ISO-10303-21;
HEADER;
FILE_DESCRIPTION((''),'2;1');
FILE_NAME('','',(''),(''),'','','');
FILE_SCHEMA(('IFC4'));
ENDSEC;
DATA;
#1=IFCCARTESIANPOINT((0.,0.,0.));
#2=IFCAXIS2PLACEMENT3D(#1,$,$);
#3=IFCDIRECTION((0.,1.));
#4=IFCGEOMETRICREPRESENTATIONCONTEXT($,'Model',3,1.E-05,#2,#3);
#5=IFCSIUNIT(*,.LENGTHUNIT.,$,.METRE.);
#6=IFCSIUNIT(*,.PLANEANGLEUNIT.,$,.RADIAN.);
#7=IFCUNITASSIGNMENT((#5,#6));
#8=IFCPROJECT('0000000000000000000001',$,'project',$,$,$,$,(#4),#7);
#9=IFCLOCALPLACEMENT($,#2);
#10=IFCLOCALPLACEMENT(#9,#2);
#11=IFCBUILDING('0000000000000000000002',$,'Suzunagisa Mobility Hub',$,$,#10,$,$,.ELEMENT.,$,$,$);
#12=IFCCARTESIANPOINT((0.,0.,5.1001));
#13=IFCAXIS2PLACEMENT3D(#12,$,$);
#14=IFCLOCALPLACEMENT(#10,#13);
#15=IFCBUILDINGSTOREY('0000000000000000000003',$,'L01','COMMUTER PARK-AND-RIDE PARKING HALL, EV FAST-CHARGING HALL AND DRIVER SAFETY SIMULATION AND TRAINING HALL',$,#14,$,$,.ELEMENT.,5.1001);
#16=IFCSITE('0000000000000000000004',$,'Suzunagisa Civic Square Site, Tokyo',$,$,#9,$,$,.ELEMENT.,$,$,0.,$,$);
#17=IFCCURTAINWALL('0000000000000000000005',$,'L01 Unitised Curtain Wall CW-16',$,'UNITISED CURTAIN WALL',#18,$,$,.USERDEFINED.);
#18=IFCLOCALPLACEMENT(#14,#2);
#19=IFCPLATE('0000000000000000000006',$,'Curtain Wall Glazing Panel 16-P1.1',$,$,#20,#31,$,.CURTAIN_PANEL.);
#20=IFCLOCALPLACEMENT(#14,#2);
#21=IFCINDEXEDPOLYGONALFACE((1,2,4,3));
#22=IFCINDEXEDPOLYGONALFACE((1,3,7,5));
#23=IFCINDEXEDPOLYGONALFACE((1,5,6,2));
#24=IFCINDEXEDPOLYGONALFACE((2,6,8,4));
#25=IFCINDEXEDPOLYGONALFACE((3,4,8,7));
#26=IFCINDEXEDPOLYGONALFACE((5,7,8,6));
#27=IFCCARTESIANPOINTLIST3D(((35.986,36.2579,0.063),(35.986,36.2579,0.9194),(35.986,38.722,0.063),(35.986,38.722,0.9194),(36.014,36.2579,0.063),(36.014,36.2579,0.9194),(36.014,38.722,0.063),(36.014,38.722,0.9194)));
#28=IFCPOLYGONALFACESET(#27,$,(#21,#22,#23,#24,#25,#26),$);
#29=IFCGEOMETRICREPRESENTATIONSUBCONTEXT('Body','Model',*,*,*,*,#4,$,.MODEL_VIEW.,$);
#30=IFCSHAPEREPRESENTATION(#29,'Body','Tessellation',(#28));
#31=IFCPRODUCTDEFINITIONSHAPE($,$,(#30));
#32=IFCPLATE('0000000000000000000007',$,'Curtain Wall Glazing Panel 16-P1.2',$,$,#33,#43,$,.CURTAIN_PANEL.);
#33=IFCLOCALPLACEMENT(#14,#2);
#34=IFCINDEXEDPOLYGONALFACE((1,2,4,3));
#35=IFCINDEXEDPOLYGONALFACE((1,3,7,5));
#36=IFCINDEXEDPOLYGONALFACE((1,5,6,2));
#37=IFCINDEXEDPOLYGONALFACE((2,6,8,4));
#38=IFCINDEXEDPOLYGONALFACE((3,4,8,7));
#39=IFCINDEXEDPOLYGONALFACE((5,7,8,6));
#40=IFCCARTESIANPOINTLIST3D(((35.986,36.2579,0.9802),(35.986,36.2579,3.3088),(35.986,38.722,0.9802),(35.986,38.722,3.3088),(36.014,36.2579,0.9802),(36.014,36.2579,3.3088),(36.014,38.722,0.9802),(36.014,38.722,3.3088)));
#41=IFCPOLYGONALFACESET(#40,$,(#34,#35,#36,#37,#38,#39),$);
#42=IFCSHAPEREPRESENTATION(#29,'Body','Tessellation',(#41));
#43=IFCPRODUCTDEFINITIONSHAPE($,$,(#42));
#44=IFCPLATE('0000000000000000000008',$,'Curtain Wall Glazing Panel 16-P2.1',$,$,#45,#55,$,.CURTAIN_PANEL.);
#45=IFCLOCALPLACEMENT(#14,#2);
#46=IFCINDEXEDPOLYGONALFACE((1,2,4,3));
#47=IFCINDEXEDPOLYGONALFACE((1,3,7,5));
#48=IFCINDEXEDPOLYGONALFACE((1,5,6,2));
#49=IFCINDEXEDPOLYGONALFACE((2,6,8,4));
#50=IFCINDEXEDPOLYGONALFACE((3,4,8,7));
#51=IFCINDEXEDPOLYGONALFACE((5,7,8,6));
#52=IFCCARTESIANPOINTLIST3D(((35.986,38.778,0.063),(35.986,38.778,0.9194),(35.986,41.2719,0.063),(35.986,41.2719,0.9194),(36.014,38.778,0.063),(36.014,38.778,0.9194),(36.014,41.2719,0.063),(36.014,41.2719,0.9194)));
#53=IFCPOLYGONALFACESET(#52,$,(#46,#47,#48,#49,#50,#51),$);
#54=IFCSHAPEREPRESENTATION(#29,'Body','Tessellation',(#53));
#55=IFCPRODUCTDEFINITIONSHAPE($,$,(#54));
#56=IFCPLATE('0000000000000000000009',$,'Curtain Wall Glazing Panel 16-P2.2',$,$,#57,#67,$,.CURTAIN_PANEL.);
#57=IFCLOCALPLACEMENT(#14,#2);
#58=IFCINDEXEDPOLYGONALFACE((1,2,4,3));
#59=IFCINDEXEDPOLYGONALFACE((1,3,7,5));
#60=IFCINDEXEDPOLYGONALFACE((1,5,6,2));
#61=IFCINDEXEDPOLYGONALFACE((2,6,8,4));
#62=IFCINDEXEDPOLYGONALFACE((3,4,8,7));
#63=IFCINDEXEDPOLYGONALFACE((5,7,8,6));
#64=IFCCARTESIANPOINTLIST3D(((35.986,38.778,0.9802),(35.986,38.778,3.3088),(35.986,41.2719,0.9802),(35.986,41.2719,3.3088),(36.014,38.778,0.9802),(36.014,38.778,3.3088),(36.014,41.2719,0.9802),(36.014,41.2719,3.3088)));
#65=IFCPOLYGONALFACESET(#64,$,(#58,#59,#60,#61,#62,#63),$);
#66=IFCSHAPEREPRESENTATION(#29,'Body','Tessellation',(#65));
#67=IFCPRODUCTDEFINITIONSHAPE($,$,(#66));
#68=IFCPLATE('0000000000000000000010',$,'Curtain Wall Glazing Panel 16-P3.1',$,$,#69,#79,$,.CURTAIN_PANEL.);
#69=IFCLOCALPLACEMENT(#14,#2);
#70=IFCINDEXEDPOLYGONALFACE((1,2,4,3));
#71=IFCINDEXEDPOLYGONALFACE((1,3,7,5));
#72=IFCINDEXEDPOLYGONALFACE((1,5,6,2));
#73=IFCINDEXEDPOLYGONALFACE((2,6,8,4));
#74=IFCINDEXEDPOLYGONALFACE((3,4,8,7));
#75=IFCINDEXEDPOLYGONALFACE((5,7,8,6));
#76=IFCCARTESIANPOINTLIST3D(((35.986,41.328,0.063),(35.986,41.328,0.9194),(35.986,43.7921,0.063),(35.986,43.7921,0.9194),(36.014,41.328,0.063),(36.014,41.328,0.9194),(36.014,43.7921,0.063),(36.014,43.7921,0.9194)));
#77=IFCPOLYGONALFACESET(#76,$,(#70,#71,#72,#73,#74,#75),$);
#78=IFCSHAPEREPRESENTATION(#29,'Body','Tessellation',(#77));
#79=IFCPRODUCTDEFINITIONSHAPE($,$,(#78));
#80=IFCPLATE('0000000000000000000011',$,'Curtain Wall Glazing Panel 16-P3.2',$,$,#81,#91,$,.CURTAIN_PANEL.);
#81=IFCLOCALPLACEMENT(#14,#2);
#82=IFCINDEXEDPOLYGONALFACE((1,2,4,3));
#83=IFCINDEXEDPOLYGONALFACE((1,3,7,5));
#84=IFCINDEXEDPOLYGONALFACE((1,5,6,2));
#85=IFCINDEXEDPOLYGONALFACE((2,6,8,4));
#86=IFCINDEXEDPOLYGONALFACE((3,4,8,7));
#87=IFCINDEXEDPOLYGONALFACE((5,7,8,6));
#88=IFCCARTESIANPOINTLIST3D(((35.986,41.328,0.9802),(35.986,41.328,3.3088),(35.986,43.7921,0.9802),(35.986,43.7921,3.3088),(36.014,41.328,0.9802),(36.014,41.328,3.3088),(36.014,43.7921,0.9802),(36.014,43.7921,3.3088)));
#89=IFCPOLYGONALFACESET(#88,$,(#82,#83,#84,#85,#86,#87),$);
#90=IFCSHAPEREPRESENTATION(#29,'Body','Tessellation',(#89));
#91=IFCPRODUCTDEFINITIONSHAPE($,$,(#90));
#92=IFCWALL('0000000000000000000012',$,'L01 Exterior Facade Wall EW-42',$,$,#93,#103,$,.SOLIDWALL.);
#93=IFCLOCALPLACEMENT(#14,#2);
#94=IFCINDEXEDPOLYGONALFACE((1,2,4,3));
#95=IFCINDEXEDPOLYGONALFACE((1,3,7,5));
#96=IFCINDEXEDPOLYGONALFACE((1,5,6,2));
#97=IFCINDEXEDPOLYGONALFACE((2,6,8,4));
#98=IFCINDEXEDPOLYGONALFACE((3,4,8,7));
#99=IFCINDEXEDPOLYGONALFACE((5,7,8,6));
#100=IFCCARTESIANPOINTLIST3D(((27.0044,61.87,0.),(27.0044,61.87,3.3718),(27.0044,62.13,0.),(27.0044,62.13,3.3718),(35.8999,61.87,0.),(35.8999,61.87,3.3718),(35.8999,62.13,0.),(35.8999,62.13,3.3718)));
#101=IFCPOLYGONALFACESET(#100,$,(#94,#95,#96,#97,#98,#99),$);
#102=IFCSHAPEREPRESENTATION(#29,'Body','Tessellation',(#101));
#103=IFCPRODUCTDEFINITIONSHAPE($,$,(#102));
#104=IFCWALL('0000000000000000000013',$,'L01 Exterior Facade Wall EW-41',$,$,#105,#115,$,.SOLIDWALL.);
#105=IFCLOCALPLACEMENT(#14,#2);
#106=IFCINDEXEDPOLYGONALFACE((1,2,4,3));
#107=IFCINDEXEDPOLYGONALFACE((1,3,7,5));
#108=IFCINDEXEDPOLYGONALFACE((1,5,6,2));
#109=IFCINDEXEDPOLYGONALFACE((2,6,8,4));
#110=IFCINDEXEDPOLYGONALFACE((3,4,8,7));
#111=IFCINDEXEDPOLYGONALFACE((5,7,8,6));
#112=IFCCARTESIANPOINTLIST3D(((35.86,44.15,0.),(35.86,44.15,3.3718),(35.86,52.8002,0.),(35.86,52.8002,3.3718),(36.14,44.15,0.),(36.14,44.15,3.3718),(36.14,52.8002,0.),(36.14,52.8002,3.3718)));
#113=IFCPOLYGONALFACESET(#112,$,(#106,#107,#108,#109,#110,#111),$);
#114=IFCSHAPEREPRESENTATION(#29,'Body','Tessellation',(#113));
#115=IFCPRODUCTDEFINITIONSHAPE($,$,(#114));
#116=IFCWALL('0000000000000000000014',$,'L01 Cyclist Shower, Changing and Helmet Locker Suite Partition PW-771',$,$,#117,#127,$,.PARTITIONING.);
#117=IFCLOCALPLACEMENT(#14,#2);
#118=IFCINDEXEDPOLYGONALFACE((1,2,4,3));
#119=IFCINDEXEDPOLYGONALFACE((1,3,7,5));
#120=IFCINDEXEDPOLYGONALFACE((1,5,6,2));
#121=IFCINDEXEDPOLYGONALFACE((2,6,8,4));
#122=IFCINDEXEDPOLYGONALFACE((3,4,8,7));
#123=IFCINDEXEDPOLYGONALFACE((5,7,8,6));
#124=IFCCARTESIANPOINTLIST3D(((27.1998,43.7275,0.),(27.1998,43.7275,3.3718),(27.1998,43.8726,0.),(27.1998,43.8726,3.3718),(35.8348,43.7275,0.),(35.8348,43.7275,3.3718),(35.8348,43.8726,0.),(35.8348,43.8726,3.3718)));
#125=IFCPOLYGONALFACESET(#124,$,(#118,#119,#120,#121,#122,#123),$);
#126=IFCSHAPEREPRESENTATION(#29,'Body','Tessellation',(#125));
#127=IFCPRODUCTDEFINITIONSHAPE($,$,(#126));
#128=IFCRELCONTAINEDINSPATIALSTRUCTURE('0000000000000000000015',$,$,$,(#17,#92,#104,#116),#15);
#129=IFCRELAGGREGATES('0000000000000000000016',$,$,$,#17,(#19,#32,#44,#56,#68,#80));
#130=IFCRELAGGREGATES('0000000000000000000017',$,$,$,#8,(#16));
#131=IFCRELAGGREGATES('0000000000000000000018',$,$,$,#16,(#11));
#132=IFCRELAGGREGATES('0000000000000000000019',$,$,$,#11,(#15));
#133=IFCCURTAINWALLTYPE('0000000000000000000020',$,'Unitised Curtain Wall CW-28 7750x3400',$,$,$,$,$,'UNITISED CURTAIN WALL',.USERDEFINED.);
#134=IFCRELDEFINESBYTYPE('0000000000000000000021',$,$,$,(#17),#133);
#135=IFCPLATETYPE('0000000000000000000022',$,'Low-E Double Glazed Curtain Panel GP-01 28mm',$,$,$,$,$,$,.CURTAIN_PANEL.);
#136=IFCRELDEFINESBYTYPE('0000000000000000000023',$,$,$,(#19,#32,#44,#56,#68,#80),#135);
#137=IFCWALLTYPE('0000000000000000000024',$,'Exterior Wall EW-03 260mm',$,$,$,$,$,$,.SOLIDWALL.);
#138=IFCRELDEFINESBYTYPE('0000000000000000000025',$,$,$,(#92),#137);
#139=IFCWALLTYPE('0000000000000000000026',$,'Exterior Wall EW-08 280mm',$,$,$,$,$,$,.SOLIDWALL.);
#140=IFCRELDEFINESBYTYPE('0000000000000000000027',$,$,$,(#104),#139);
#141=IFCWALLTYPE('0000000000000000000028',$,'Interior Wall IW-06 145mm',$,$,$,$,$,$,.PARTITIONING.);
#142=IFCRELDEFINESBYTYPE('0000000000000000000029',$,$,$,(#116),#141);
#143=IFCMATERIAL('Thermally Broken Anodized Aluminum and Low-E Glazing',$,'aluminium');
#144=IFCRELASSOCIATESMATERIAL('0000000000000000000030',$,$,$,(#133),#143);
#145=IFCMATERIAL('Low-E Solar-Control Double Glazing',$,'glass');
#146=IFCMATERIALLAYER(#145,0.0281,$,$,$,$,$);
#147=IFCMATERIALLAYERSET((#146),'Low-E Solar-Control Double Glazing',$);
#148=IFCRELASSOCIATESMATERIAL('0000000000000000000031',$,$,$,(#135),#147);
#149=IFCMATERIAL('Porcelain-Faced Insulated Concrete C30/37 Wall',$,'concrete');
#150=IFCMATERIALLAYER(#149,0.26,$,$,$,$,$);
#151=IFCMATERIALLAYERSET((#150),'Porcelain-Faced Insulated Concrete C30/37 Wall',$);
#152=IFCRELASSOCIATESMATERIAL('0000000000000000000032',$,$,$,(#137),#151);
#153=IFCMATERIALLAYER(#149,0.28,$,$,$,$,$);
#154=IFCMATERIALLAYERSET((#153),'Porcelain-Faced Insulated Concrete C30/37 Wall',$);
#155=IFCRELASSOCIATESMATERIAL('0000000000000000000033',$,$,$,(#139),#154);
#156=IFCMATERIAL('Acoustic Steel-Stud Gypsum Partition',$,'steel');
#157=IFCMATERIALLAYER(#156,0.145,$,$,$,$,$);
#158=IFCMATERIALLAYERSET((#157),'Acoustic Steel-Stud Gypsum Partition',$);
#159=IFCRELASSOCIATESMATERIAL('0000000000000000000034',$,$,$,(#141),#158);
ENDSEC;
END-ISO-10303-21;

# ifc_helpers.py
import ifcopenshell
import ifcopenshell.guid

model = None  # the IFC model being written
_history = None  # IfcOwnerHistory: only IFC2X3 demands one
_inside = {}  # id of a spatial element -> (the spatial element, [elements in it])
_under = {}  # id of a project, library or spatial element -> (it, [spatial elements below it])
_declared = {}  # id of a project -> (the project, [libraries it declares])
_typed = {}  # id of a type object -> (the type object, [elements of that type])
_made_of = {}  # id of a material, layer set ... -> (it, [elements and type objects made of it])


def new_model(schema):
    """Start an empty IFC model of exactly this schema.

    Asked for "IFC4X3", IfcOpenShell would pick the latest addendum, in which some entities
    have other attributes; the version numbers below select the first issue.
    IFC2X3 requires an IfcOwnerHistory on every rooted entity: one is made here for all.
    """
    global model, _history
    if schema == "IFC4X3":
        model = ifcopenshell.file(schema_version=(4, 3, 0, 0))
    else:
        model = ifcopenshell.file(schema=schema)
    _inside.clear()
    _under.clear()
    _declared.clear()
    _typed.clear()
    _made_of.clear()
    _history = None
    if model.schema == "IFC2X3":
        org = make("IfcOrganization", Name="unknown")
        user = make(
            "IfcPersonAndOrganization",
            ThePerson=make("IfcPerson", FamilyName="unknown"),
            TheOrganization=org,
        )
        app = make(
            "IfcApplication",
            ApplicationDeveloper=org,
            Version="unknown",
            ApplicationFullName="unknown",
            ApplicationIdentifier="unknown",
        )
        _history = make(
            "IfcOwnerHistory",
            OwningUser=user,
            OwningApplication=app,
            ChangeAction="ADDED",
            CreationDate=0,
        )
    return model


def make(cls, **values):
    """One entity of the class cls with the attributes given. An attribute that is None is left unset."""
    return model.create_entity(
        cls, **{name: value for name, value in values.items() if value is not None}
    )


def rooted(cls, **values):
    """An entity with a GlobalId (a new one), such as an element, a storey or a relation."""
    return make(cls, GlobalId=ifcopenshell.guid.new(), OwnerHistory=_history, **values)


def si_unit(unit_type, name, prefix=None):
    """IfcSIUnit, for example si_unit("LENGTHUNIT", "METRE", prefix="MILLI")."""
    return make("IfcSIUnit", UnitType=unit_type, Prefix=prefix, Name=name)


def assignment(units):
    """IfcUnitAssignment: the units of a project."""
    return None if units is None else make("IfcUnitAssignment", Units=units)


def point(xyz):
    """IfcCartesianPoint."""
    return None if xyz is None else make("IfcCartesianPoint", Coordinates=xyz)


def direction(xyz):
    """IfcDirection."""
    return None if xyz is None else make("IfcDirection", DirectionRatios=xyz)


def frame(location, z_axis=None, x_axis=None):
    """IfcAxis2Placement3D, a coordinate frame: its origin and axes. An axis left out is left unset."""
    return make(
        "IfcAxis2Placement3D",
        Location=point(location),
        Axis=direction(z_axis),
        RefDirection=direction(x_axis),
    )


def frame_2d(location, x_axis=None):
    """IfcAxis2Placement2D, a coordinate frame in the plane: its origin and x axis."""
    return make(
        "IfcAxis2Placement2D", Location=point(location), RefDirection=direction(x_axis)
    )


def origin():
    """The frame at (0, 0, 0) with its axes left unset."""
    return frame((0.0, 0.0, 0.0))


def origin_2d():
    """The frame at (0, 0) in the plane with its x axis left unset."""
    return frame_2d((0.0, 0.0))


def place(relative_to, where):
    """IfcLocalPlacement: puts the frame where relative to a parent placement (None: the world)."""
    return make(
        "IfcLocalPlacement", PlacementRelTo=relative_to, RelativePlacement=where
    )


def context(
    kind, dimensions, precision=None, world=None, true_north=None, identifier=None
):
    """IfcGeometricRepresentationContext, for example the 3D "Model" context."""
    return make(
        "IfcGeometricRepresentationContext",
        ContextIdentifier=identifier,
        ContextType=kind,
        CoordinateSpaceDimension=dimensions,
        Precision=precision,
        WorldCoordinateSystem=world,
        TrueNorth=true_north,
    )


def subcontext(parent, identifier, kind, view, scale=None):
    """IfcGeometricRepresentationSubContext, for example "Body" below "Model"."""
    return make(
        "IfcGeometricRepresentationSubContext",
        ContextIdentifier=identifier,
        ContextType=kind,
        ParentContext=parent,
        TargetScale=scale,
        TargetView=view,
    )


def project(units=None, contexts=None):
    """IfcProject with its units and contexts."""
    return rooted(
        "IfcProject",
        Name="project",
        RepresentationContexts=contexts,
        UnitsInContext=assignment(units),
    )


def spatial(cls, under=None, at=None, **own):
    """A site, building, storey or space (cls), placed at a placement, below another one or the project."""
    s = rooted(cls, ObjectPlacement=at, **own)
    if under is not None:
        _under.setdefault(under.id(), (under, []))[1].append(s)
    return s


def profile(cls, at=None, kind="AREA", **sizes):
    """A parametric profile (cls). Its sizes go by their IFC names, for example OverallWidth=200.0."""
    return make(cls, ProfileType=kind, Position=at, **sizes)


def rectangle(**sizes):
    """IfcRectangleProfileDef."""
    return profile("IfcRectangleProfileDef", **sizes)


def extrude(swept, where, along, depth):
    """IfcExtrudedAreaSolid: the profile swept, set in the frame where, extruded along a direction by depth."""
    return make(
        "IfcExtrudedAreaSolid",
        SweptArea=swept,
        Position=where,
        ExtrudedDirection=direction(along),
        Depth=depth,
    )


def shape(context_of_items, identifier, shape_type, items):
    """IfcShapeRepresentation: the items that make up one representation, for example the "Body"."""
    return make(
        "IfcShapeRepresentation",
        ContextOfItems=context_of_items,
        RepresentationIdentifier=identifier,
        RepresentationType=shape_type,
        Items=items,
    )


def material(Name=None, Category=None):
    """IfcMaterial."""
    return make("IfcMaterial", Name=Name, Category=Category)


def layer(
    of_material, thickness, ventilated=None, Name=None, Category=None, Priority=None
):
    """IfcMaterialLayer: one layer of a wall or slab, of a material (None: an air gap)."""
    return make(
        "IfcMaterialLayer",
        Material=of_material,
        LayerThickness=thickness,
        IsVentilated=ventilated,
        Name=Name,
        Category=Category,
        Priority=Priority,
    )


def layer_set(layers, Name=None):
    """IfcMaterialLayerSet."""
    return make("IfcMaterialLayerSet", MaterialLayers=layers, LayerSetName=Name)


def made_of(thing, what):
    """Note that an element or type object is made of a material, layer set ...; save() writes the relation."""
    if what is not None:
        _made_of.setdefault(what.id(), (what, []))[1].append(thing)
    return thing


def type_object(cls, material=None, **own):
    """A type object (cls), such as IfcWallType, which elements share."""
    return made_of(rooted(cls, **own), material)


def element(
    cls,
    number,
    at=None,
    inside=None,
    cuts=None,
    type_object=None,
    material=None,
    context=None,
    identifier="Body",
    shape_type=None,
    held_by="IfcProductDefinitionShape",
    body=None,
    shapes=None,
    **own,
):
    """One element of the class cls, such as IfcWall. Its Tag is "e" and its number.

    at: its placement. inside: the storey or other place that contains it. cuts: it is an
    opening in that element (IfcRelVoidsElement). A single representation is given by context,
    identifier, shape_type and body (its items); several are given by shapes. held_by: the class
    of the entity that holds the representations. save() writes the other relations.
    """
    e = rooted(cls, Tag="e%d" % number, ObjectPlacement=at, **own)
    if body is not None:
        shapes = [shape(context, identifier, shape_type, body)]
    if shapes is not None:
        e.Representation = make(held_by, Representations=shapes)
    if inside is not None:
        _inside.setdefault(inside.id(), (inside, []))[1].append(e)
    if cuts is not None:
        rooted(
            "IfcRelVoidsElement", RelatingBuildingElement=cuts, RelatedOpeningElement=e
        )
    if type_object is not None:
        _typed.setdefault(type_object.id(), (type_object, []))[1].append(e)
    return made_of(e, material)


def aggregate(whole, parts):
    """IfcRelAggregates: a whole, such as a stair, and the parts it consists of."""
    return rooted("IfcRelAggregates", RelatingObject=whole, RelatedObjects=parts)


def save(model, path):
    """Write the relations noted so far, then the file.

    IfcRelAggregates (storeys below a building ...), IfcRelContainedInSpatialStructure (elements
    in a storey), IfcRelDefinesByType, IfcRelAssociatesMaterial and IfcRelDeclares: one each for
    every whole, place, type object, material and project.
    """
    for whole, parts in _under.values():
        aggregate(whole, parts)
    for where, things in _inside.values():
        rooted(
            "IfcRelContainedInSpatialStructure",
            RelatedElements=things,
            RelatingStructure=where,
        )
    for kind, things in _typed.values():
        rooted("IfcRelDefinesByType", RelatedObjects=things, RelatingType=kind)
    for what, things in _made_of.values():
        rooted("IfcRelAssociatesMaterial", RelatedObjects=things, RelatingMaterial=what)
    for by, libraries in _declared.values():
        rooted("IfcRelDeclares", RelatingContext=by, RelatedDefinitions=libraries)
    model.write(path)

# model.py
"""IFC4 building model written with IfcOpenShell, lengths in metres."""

from ifc_helpers import new_model, si_unit, direction, frame, frame_2d, origin, origin_2d, place, context, subcontext, project, spatial, rectangle, extrude, material, layer, layer_set, type_object, element, aggregate, save


model = new_model("IFC4")

# Units and contexts
model_context = context("Model", 3, precision=1e-05, world=origin(), true_north=direction((0.0, 1.0)))
body_context = subcontext(model_context, "Body", "Model", "MODEL_VIEW")
ifc_project = project(units=[si_unit("LENGTHUNIT", "METRE"), si_unit("PLANEANGLEUNIT", "RADIAN")], contexts=[model_context])

# Site, building, storey
site_placement = place(None, origin())
site = spatial("IfcSite", under=ifc_project, at=site_placement, Name="Suzunagisa Civic Square Site, Tokyo", CompositionType="ELEMENT", RefElevation=0.0)
building_placement = place(site_placement, origin())
building = spatial("IfcBuilding", under=site, at=building_placement, Name="Suzunagisa Mobility Hub", CompositionType="ELEMENT")
storey_placement = place(building_placement, frame((0.0, 0.0, 5.1001)))
storey = spatial("IfcBuildingStorey", under=building, at=storey_placement, Name="L01", Description="COMMUTER PARK-AND-RIDE PARKING HALL, EV FAST-CHARGING HALL AND DRIVER SAFETY SIMULATION AND TRAINING HALL", CompositionType="ELEMENT", Elevation=5.1001)

# Curtain wall
ifc_material_1 = material(Name="Thermally Broken Anodized Aluminum and Low-E Glazing", Category="aluminium")
curtain_wall_type = type_object("IfcCurtainWallType", Name="Unitised Curtain Wall CW-28 7750x3400", ElementType="UNITISED CURTAIN WALL", PredefinedType="USERDEFINED", material=ifc_material_1)
curtain_wall_placement = place(storey_placement, origin())
curtain_wall = element("IfcCurtainWall", 1, at=curtain_wall_placement, inside=storey, type_object=curtain_wall_type, Name="L01 Unitised Curtain Wall CW-16", ObjectType="UNITISED CURTAIN WALL", PredefinedType="USERDEFINED")

# Plates
ifc_material_2 = material(Name="Low-E Solar-Control Double Glazing", Category="glass")
ifc_layer_1 = layer(ifc_material_2, 0.0281)
ifc_layer_set_1 = layer_set([ifc_layer_1], Name="Low-E Solar-Control Double Glazing")
plate_type = type_object("IfcPlateType", Name="Low-E Double Glazed Curtain Panel GP-01 28mm", PredefinedType="CURTAIN_PANEL", material=ifc_layer_set_1)
plate_1_placement = place(storey_placement, frame((36.0, 37.49, 0.063), z_axis=(0.0, 0.0, 1.0), x_axis=(0.0, 1.0, 0.0)))
plate_1 = element("IfcPlate", 2, at=plate_1_placement, type_object=plate_type, Name="Curtain Wall Glazing Panel 16-P1.1", PredefinedType="CURTAIN_PANEL", context=body_context, shape_type="SweptSolid", body=[
    extrude(rectangle(XDim=2.4641, YDim=0.0281, at=origin_2d()), origin(), (0.0, 0.0, 1.0), 0.8564),
])
plate_2_placement = place(storey_placement, frame((36.0, 37.49, 0.9802), z_axis=(0.0, 0.0, 1.0), x_axis=(0.0, 1.0, 0.0)))
plate_2 = element("IfcPlate", 3, at=plate_2_placement, type_object=plate_type, Name="Curtain Wall Glazing Panel 16-P1.2", PredefinedType="CURTAIN_PANEL", context=body_context, shape_type="SweptSolid", body=[
    extrude(rectangle(XDim=2.4641, YDim=0.0281, at=origin_2d()), origin(), (0.0, 0.0, 1.0), 2.3286),
])
plate_3_placement = place(storey_placement, frame((36.0, 40.0249, 0.063), z_axis=(0.0, 0.0, 1.0), x_axis=(0.0, 1.0, 0.0)))
plate_3 = element("IfcPlate", 4, at=plate_3_placement, type_object=plate_type, Name="Curtain Wall Glazing Panel 16-P2.1", PredefinedType="CURTAIN_PANEL", context=body_context, shape_type="SweptSolid", body=[
    extrude(rectangle(XDim=2.4939, YDim=0.0281, at=origin_2d()), origin(), (0.0, 0.0, 1.0), 0.8564),
])
plate_4_placement = place(storey_placement, frame((36.0, 40.0249, 0.9802), z_axis=(0.0, 0.0, 1.0), x_axis=(0.0, 1.0, 0.0)))
plate_4 = element("IfcPlate", 5, at=plate_4_placement, type_object=plate_type, Name="Curtain Wall Glazing Panel 16-P2.2", PredefinedType="CURTAIN_PANEL", context=body_context, shape_type="SweptSolid", body=[
    extrude(rectangle(XDim=2.4939, YDim=0.0281, at=origin_2d()), origin(), (0.0, 0.0, 1.0), 2.3286),
])
plate_5_placement = place(storey_placement, frame((36.0, 42.5601, 0.063), z_axis=(0.0, 0.0, 1.0), x_axis=(0.0, 1.0, 0.0)))
plate_5 = element("IfcPlate", 6, at=plate_5_placement, type_object=plate_type, Name="Curtain Wall Glazing Panel 16-P3.1", PredefinedType="CURTAIN_PANEL", context=body_context, shape_type="SweptSolid", body=[
    extrude(rectangle(XDim=2.4641, YDim=0.0281, at=origin_2d()), origin(), (0.0, 0.0, 1.0), 0.8564),
])
plate_6_placement = place(storey_placement, frame((36.0, 42.5601, 0.9802), z_axis=(0.0, 0.0, 1.0), x_axis=(0.0, 1.0, 0.0)))
plate_6 = element("IfcPlate", 7, at=plate_6_placement, type_object=plate_type, Name="Curtain Wall Glazing Panel 16-P3.2", PredefinedType="CURTAIN_PANEL", context=body_context, shape_type="SweptSolid", body=[
    extrude(rectangle(XDim=2.4641, YDim=0.0281, at=origin_2d()), origin(), (0.0, 0.0, 1.0), 2.3286),
])
aggregate(curtain_wall, [plate_1, plate_2, plate_3, plate_4, plate_5, plate_6])

# Walls
ifc_material_3 = material(Name="Porcelain-Faced Insulated Concrete C30/37 Wall", Category="concrete")
ifc_layer_2 = layer(ifc_material_3, 0.26)
ifc_layer_set_2 = layer_set([ifc_layer_2], Name="Porcelain-Faced Insulated Concrete C30/37 Wall")
wall_type_1 = type_object("IfcWallType", Name="Exterior Wall EW-03 260mm", PredefinedType="SOLIDWALL", material=ifc_layer_set_2)
wall_1_placement = place(storey_placement, frame((35.8999, 62.0, 0.0), z_axis=(0.0, 0.0, 1.0), x_axis=(-1.0, 0.0, 0.0)))
element("IfcWall", 8, at=wall_1_placement, inside=storey, type_object=wall_type_1, Name="L01 Exterior Facade Wall EW-42", PredefinedType="SOLIDWALL", context=body_context, shape_type="SweptSolid", body=[
    extrude(rectangle(XDim=8.8955, YDim=0.26, at=frame_2d((4.4478, 0.0))), origin(), (0.0, 0.0, 1.0), 3.3718),
])
ifc_layer_3 = layer(ifc_material_3, 0.28)
ifc_layer_set_3 = layer_set([ifc_layer_3], Name="Porcelain-Faced Insulated Concrete C30/37 Wall")
wall_type_2 = type_object("IfcWallType", Name="Exterior Wall EW-08 280mm", PredefinedType="SOLIDWALL", material=ifc_layer_set_3)
wall_2_placement = place(storey_placement, frame((36.0, 44.1499, 0.0), z_axis=(0.0, 0.0, 1.0), x_axis=(0.0, 1.0, 0.0)))
element("IfcWall", 9, at=wall_2_placement, inside=storey, type_object=wall_type_2, Name="L01 Exterior Facade Wall EW-41", PredefinedType="SOLIDWALL", context=body_context, shape_type="SweptSolid", body=[
    extrude(rectangle(XDim=8.6501, YDim=0.28, at=frame_2d((4.3252, 0.0))), origin(), (0.0, 0.0, 1.0), 3.3718),
])
ifc_material_4 = material(Name="Acoustic Steel-Stud Gypsum Partition", Category="steel")
ifc_layer_4 = layer(ifc_material_4, 0.145)
ifc_layer_set_4 = layer_set([ifc_layer_4], Name="Acoustic Steel-Stud Gypsum Partition")
wall_type_3 = type_object("IfcWallType", Name="Interior Wall IW-06 145mm", PredefinedType="PARTITIONING", material=ifc_layer_set_4)
wall_3_placement = place(storey_placement, frame((27.2, 43.8, 0.0), z_axis=(0.0, 0.0, 1.0), x_axis=(1.0, 0.0, 0.0)))
element("IfcWall", 10, at=wall_3_placement, inside=storey, type_object=wall_type_3, Name="L01 Cyclist Shower, Changing and Helmet Locker Suite Partition PW-771", PredefinedType="PARTITIONING", context=body_context, shape_type="SweptSolid", body=[
    extrude(rectangle(XDim=8.635, YDim=0.145, at=frame_2d((4.3174, 0.0))), origin(), (0.0, 0.0, 1.0), 3.3718),
])

save(model, "model.ifc")
